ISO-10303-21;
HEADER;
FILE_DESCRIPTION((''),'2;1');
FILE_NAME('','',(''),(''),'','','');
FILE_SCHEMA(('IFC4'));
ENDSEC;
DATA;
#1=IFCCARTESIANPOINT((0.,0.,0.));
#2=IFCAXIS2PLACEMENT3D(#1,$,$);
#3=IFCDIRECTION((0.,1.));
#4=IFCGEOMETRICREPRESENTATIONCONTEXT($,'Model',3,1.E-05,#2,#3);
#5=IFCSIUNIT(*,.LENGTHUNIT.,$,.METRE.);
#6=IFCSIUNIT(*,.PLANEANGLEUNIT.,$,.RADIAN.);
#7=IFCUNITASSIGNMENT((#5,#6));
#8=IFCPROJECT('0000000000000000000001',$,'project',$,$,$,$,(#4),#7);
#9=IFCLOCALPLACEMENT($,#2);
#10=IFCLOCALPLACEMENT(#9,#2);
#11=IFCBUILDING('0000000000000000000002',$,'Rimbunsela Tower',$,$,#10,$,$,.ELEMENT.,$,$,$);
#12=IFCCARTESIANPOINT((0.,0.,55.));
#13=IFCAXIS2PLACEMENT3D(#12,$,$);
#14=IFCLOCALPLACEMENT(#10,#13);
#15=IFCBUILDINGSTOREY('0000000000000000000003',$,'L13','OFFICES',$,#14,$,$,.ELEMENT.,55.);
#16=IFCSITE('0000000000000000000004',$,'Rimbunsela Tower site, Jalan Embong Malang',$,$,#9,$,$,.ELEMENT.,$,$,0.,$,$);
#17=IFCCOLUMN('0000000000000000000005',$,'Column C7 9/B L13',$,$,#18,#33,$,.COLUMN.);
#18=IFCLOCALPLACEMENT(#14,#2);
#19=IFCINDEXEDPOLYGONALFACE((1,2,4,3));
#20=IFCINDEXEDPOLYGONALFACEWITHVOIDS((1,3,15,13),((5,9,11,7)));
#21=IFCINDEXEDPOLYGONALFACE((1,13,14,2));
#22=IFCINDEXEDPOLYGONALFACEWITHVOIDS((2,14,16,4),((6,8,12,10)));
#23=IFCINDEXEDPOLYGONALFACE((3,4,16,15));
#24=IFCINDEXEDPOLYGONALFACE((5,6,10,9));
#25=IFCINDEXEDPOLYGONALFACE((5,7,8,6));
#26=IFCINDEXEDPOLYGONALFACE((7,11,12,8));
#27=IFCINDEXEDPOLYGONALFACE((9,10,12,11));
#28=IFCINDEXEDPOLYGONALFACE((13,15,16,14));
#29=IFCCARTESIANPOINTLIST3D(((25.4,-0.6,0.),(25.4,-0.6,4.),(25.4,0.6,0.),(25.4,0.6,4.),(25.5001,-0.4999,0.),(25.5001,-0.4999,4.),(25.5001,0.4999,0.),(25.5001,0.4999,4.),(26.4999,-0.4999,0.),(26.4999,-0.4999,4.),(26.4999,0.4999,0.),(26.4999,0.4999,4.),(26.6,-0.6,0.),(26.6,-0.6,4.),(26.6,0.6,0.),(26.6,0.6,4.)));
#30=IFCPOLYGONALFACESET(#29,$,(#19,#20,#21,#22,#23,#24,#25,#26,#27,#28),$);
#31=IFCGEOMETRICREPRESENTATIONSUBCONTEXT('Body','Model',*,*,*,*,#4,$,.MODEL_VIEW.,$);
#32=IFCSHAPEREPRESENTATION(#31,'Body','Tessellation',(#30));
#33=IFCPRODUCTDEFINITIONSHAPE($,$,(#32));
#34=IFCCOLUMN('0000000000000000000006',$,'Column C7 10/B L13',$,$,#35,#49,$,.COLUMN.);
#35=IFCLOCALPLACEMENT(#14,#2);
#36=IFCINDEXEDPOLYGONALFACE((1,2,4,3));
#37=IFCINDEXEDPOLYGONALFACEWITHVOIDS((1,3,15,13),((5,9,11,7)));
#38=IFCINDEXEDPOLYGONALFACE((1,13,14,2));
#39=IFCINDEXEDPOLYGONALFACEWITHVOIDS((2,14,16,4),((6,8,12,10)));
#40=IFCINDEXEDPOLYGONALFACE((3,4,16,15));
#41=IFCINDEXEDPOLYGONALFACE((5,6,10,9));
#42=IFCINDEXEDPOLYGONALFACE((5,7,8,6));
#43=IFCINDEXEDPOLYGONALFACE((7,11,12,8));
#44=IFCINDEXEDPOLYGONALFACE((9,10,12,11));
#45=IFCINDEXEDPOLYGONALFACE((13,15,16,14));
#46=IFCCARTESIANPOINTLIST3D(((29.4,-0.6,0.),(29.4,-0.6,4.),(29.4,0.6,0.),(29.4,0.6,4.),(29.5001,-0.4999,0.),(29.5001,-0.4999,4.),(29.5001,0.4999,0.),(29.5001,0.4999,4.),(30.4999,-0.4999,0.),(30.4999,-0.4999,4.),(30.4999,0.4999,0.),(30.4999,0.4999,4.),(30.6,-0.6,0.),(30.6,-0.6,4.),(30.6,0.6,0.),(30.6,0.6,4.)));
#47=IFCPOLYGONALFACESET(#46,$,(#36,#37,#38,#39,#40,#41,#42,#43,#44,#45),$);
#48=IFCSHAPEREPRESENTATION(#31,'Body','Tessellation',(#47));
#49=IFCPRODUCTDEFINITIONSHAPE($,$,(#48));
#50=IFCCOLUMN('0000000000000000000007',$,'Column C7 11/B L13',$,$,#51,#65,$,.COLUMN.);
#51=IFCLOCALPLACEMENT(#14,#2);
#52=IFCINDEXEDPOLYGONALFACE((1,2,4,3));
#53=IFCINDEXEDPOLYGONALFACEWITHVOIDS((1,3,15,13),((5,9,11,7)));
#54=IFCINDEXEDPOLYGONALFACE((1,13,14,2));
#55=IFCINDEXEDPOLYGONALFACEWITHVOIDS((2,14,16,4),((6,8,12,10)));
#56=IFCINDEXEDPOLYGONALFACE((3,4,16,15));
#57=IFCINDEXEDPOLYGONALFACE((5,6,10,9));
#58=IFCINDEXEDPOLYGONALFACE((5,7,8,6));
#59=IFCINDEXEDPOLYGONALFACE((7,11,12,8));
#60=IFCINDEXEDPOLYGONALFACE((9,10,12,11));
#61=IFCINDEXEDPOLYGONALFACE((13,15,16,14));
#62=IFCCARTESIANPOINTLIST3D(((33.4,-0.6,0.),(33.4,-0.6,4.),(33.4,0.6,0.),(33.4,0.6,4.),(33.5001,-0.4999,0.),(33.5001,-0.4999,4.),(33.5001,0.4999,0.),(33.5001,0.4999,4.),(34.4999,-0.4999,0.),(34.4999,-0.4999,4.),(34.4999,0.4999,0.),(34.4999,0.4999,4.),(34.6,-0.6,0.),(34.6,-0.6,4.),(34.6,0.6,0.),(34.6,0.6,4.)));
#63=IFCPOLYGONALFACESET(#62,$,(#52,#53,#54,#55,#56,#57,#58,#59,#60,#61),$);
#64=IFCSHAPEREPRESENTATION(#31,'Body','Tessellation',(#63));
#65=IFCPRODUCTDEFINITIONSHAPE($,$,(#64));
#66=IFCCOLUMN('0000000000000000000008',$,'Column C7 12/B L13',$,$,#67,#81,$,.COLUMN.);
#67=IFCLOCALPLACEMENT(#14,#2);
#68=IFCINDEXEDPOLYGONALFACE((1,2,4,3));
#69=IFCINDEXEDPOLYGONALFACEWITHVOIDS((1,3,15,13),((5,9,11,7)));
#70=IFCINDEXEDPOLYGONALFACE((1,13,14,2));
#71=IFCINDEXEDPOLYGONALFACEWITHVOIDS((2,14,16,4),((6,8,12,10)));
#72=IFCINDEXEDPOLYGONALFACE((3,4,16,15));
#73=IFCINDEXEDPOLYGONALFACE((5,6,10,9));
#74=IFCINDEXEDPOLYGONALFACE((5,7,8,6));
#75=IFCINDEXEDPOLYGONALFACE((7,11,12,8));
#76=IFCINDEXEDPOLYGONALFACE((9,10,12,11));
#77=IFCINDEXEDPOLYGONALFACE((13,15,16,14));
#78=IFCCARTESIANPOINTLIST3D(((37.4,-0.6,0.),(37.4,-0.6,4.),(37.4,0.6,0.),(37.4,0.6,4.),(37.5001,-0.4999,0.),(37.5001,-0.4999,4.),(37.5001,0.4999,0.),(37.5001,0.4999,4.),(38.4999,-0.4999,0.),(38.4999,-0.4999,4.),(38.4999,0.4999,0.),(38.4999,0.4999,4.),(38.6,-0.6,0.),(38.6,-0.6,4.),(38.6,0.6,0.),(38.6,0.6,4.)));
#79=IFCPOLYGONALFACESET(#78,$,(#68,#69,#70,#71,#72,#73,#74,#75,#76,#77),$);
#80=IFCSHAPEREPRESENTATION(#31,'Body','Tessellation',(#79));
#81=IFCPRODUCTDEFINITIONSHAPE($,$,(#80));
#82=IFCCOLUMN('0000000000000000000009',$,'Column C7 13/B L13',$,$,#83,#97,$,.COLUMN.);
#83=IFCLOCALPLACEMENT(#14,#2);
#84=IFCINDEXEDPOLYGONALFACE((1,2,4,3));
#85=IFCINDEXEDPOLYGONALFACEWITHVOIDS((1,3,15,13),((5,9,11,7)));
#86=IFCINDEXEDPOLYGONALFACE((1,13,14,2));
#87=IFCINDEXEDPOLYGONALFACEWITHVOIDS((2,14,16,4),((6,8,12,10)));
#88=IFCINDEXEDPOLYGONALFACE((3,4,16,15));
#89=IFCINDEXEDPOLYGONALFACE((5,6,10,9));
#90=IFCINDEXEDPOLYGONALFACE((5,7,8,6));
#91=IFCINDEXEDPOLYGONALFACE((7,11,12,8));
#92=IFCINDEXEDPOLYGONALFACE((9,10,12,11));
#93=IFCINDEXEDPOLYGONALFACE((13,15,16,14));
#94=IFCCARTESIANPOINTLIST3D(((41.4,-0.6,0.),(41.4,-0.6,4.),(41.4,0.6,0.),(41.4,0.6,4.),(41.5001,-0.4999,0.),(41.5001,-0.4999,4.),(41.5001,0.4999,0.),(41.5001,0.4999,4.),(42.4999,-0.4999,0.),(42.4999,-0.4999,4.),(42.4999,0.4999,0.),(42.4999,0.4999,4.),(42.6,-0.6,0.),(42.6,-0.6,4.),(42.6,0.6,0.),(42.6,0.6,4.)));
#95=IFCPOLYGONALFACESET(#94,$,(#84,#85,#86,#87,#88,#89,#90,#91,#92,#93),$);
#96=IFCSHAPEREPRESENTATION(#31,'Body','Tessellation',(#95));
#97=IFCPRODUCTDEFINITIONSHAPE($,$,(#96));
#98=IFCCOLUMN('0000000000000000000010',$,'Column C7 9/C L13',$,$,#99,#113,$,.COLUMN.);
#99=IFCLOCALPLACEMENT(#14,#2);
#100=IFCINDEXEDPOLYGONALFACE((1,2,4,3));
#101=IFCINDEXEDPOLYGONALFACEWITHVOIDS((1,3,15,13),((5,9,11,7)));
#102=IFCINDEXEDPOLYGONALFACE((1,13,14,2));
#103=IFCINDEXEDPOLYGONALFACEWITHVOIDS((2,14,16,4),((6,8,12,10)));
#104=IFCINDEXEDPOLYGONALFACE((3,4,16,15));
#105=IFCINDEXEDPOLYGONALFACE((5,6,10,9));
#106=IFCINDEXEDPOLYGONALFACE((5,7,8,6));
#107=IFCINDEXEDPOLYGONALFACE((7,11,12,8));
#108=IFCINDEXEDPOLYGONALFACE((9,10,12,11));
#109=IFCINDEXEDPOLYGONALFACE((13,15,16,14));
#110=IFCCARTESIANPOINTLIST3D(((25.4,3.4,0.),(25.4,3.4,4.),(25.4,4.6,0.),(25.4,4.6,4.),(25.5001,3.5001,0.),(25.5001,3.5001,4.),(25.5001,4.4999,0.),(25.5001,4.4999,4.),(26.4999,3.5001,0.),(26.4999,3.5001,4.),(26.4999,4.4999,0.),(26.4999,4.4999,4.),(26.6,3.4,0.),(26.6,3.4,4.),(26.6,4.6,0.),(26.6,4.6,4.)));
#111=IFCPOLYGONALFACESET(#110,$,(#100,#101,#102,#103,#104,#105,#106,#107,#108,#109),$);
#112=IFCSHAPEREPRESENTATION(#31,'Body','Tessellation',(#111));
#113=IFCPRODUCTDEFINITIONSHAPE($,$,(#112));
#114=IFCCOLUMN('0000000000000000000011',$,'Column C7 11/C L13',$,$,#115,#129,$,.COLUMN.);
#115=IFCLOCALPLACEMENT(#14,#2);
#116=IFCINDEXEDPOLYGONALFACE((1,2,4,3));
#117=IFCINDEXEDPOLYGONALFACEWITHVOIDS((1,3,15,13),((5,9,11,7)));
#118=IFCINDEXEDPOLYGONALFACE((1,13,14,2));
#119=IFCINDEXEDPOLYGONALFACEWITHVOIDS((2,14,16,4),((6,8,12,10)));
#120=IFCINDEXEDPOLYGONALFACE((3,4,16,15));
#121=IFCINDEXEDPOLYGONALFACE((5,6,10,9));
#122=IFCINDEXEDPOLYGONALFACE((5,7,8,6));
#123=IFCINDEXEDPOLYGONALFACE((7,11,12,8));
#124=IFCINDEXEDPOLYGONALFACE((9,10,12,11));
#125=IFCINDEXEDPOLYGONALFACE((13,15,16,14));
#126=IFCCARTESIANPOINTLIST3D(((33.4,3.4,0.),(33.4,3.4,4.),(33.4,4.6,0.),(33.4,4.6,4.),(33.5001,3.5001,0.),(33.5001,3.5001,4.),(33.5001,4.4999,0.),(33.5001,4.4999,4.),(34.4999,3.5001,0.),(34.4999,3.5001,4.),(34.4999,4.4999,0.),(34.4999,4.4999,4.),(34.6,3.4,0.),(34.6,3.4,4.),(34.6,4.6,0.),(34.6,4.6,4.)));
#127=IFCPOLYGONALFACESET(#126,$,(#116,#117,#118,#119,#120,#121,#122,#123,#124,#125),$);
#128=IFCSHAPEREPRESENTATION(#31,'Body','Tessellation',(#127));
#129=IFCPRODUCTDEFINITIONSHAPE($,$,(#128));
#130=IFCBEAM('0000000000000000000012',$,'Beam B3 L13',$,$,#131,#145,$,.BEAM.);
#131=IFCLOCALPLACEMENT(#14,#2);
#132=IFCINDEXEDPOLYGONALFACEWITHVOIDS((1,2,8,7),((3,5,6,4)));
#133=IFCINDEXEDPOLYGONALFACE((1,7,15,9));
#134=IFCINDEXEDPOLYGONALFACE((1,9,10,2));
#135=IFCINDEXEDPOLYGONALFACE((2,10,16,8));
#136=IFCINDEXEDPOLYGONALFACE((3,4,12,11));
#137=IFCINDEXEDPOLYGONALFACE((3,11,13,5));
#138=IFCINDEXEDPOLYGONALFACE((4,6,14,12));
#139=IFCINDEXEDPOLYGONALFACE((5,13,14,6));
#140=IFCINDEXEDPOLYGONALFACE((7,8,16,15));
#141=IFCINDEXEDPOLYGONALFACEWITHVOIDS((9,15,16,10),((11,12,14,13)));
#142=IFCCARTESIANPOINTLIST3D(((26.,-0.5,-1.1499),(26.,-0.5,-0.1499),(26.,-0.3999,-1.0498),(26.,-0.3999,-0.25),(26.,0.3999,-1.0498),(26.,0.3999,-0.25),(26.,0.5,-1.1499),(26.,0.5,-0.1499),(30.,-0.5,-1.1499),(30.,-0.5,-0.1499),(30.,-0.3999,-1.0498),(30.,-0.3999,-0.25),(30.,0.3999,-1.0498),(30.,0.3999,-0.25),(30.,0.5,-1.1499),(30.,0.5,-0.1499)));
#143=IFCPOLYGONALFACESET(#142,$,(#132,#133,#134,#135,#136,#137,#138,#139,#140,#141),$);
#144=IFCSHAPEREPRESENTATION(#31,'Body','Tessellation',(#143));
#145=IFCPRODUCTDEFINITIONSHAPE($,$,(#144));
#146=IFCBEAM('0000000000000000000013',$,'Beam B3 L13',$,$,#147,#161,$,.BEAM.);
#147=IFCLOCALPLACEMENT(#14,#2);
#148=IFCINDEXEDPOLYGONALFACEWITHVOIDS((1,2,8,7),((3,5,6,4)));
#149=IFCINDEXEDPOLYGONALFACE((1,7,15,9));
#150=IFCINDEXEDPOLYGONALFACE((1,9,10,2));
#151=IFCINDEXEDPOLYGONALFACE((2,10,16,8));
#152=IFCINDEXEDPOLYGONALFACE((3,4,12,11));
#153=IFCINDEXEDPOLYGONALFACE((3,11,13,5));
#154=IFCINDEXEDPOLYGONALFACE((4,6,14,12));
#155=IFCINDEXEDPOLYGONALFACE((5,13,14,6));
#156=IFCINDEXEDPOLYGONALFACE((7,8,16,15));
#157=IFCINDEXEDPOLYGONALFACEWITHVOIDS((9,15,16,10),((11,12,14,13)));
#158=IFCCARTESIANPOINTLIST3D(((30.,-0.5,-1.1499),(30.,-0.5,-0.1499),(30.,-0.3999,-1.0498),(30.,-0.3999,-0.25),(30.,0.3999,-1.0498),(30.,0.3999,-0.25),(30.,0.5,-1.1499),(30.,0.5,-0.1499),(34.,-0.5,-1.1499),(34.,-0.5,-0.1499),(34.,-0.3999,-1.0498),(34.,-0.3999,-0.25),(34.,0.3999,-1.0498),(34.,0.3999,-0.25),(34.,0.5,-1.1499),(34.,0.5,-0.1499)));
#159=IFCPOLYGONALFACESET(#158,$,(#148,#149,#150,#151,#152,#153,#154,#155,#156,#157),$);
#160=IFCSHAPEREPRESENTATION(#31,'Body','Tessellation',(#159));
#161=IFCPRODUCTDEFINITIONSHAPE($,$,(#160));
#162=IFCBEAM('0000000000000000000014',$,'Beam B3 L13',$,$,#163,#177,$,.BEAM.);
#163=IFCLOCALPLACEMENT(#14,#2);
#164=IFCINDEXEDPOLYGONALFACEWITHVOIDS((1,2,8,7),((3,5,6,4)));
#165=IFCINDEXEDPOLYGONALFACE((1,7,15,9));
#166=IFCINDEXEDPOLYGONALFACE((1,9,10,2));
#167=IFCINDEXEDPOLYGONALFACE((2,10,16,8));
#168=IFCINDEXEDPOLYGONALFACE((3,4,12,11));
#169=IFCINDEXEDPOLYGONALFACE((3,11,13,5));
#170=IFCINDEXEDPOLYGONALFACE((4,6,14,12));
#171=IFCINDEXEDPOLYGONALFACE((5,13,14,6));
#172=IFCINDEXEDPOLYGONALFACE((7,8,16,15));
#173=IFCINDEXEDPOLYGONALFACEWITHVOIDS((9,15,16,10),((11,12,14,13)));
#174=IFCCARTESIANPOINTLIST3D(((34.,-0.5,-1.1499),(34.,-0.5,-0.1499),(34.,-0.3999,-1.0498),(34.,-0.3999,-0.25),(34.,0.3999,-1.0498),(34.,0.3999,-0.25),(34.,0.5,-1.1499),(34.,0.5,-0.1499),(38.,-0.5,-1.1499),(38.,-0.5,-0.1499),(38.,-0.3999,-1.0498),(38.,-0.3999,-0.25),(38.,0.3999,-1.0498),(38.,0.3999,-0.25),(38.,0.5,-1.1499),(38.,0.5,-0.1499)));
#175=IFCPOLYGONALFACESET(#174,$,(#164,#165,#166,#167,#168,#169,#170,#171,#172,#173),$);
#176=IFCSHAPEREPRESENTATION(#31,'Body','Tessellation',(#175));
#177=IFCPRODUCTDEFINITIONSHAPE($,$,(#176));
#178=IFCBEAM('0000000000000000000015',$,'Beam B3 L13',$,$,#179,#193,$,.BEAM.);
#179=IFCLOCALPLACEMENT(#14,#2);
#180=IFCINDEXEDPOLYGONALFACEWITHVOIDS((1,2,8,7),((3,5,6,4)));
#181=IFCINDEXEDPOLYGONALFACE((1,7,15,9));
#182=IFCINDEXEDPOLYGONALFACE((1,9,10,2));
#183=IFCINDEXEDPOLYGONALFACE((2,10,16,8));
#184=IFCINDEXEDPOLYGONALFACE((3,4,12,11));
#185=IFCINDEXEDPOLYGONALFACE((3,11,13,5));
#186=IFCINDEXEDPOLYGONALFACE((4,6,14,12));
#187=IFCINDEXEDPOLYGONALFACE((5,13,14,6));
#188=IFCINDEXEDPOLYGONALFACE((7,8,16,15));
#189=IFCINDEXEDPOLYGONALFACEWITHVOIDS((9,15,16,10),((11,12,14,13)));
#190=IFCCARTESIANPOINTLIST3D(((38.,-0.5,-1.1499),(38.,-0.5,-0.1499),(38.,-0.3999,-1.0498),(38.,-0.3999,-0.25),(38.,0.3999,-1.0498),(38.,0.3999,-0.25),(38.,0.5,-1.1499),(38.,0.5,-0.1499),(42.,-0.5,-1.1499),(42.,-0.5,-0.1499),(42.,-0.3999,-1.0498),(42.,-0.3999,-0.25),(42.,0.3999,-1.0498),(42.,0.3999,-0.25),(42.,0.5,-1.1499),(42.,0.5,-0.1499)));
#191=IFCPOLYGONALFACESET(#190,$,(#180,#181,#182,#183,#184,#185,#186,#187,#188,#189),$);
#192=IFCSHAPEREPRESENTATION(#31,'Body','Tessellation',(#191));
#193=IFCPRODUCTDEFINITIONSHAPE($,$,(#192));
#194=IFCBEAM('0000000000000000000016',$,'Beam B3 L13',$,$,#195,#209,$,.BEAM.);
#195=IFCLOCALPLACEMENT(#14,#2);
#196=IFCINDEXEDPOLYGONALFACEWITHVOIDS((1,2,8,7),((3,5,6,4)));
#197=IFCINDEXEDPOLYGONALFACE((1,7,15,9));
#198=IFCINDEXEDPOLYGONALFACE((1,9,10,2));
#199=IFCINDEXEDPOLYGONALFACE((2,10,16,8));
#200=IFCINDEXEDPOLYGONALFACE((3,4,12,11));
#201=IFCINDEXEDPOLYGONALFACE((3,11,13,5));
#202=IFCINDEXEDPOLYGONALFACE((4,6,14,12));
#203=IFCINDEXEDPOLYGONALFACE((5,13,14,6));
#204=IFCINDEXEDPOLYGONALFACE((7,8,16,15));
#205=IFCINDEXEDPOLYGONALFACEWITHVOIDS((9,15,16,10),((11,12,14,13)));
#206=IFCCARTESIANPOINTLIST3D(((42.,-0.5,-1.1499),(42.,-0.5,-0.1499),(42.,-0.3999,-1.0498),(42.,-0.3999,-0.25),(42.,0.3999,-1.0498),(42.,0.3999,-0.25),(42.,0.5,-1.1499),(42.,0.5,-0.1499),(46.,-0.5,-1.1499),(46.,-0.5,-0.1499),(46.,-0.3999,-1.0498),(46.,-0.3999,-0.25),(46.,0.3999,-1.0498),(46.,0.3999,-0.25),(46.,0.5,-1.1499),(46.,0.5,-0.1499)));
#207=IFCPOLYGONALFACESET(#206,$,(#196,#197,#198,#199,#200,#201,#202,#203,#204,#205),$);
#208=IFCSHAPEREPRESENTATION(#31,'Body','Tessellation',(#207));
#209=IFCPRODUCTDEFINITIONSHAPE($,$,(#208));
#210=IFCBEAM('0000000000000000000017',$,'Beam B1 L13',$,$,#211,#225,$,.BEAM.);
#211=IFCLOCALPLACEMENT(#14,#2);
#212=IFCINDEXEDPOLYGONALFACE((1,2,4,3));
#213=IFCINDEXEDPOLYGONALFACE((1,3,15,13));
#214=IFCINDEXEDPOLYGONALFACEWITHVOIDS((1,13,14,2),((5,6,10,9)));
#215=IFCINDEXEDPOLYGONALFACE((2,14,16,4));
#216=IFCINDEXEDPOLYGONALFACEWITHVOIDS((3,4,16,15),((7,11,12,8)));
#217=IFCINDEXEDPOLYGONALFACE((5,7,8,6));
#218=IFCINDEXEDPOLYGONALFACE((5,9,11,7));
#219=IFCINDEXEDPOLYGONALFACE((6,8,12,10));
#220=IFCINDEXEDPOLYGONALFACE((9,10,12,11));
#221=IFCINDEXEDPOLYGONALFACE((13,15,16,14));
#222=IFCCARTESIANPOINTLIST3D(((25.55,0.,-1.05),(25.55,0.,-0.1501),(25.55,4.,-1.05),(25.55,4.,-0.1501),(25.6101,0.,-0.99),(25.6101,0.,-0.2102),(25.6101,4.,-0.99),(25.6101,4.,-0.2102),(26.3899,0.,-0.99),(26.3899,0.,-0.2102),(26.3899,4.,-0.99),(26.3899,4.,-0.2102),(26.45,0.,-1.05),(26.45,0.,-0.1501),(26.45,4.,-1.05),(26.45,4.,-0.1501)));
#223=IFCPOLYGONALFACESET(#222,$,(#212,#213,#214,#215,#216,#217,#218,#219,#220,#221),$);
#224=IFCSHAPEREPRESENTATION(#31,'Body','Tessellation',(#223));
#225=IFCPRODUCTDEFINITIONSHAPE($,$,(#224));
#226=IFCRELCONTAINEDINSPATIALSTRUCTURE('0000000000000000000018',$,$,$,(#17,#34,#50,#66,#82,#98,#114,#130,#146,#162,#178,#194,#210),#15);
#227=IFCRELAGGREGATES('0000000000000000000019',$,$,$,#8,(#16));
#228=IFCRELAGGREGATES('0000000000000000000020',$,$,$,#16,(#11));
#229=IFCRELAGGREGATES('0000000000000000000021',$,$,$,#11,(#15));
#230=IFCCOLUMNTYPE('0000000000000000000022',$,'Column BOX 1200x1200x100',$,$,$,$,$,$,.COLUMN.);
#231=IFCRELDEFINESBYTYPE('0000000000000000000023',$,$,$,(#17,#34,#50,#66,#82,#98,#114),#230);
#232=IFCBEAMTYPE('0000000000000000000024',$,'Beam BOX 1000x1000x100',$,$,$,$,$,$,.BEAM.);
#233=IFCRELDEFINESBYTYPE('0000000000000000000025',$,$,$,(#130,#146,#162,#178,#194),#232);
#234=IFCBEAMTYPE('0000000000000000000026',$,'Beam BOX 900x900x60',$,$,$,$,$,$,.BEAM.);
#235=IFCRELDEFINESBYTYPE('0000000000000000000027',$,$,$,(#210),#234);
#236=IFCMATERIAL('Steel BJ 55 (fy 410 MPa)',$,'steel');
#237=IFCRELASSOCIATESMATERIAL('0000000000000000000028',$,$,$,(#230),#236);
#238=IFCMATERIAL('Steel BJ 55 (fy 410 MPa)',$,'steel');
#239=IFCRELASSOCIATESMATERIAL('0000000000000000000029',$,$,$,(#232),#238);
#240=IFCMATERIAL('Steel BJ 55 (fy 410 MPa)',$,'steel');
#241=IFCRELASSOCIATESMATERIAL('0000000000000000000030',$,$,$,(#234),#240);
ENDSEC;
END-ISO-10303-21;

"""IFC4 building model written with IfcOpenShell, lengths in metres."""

from ifc_helpers import new_model, si_unit, direction, frame, origin, origin_2d, place, context, subcontext, project, spatial, hollow_rectangle, extrude, material, material_profile, profile_set, type_object, element, save


model = new_model("IFC4")

# Units and contexts
model_context = context("Model", 3, precision=1e-05, world=origin(), true_north=direction((0.0, 1.0)))
body_context = subcontext(model_context, "Body", "Model", "MODEL_VIEW")
ifc_project = project(units=[si_unit("LENGTHUNIT", "METRE"), si_unit("PLANEANGLEUNIT", "RADIAN")], contexts=[model_context])

# Site, building, storey
site_placement = place(None, origin())
site = spatial("IfcSite", under=ifc_project, at=site_placement, Name="Rimbunsela Tower site, Jalan Embong Malang", CompositionType="ELEMENT", RefElevation=0.0)
building_placement = place(site_placement, origin())
building = spatial("IfcBuilding", under=site, at=building_placement, Name="Rimbunsela Tower", CompositionType="ELEMENT")
storey_placement = place(building_placement, frame((0.0, 0.0, 55.0)))
storey = spatial("IfcBuildingStorey", under=building, at=storey_placement, Name="L13", Description="OFFICES", CompositionType="ELEMENT", Elevation=55.0)

# Columns
ifc_material_1 = material(Name="Steel BJ 55 (fy 410 MPa)", Category="steel")
ifc_material_profile_1 = material_profile(ifc_material_1, hollow_rectangle(XDim=1.2, YDim=1.2, WallThickness=0.1001, at=origin_2d()), Name="BOX 1200x1200x100")
ifc_profile_set_1 = profile_set([ifc_material_profile_1], Name="Steel BJ 55 (fy 410 MPa)")
column_type = type_object("IfcColumnType", Name="Column BOX 1200x1200x100", PredefinedType="COLUMN", material=ifc_profile_set_1)
for number, where, z_axis, x_axis, name in (
    (1, (26.0, 0.0, 0.0), (0.0, 0.0, 1.0), (1.0, 0.0, 0.0), "Column C7 9/B L13"),
    (2, (30.0, 0.0, 0.0), (0.0, 0.0, 1.0), (1.0, 0.0, 0.0), "Column C7 10/B L13"),
    (3, (34.0, 0.0, 0.0), (0.0, 0.0, 1.0), (1.0, 0.0, 0.0), "Column C7 11/B L13"),
    (4, (38.0, 0.0, 0.0), (0.0, 0.0, 1.0), (1.0, 0.0, 0.0), "Column C7 12/B L13"),
    (5, (42.0, 0.0, 0.0), (0.0, 0.0, 1.0), (1.0, 0.0, 0.0), "Column C7 13/B L13"),
    (6, (26.0, 4.0, 0.0), (0.0, 0.0, 1.0), (1.0, 0.0, 0.0), "Column C7 9/C L13"),
    (7, (34.0, 4.0, 0.0), (0.0, 0.0, 1.0), (1.0, 0.0, 0.0), "Column C7 11/C L13"),
):
    element("IfcColumn", number, at=place(storey_placement, frame(where, z_axis=z_axis, x_axis=x_axis)), inside=storey, type_object=column_type, Name=name, PredefinedType="COLUMN", context=body_context, shape_type="SweptSolid", body=[
        extrude(hollow_rectangle(XDim=1.2, YDim=1.2, WallThickness=0.1001, at=origin_2d()), origin(), (0.0, 0.0, 1.0), 4.0),
    ])

# Beams
ifc_material_2 = material(Name="Steel BJ 55 (fy 410 MPa)", Category="steel")
ifc_material_profile_2 = material_profile(ifc_material_2, hollow_rectangle(XDim=1.0, YDim=1.0, WallThickness=0.1001, at=origin_2d()), Name="BOX 1000x1000x100")
ifc_profile_set_2 = profile_set([ifc_material_profile_2], Name="Steel BJ 55 (fy 410 MPa)")
beam_type_1 = type_object("IfcBeamType", Name="Beam BOX 1000x1000x100", PredefinedType="BEAM", material=ifc_profile_set_2)
for number, where, z_axis, x_axis, name in (
    (8, (26.0, 0.0, -0.6499), (1.0, 0.0, 0.0), (0.0, 1.0, 0.0), "Beam B3 L13"),
    (9, (30.0, 0.0, -0.6499), (1.0, 0.0, 0.0), (0.0, 1.0, 0.0), "Beam B3 L13"),
    (10, (34.0, 0.0, -0.6499), (1.0, 0.0, 0.0), (0.0, 1.0, 0.0), "Beam B3 L13"),
    (11, (38.0, 0.0, -0.6499), (1.0, 0.0, 0.0), (0.0, 1.0, 0.0), "Beam B3 L13"),
    (12, (42.0, 0.0, -0.6499), (1.0, 0.0, 0.0), (0.0, 1.0, 0.0), "Beam B3 L13"),
):
    element("IfcBeam", number, at=place(storey_placement, frame(where, z_axis=z_axis, x_axis=x_axis)), inside=storey, type_object=beam_type_1, Name=name, PredefinedType="BEAM", context=body_context, shape_type="SweptSolid", body=[
        extrude(hollow_rectangle(XDim=1.0, YDim=1.0, WallThickness=0.1001, at=origin_2d()), origin(), (0.0, 0.0, 1.0), 4.0),
    ])
ifc_material_3 = material(Name="Steel BJ 55 (fy 410 MPa)", Category="steel")
ifc_material_profile_3 = material_profile(ifc_material_3, hollow_rectangle(XDim=0.8999, YDim=0.8999, WallThickness=0.0601, at=origin_2d()), Name="BOX 900x900x60")
ifc_profile_set_3 = profile_set([ifc_material_profile_3], Name="Steel BJ 55 (fy 410 MPa)")
beam_type_2 = type_object("IfcBeamType", Name="Beam BOX 900x900x60", PredefinedType="BEAM", material=ifc_profile_set_3)
beam_1_placement = place(storey_placement, frame((26.0, 0.0, -0.6001), z_axis=(0.0, 1.0, 0.0), x_axis=(-1.0, 0.0, 0.0)))
element("IfcBeam", 13, at=beam_1_placement, inside=storey, type_object=beam_type_2, Name="Beam B1 L13", PredefinedType="BEAM", context=body_context, shape_type="SweptSolid", body=[
    extrude(hollow_rectangle(XDim=0.8999, YDim=0.8999, WallThickness=0.0601, at=origin_2d()), origin(), (0.0, 0.0, 1.0), 4.0),
])

save(model, "model.ifc")
